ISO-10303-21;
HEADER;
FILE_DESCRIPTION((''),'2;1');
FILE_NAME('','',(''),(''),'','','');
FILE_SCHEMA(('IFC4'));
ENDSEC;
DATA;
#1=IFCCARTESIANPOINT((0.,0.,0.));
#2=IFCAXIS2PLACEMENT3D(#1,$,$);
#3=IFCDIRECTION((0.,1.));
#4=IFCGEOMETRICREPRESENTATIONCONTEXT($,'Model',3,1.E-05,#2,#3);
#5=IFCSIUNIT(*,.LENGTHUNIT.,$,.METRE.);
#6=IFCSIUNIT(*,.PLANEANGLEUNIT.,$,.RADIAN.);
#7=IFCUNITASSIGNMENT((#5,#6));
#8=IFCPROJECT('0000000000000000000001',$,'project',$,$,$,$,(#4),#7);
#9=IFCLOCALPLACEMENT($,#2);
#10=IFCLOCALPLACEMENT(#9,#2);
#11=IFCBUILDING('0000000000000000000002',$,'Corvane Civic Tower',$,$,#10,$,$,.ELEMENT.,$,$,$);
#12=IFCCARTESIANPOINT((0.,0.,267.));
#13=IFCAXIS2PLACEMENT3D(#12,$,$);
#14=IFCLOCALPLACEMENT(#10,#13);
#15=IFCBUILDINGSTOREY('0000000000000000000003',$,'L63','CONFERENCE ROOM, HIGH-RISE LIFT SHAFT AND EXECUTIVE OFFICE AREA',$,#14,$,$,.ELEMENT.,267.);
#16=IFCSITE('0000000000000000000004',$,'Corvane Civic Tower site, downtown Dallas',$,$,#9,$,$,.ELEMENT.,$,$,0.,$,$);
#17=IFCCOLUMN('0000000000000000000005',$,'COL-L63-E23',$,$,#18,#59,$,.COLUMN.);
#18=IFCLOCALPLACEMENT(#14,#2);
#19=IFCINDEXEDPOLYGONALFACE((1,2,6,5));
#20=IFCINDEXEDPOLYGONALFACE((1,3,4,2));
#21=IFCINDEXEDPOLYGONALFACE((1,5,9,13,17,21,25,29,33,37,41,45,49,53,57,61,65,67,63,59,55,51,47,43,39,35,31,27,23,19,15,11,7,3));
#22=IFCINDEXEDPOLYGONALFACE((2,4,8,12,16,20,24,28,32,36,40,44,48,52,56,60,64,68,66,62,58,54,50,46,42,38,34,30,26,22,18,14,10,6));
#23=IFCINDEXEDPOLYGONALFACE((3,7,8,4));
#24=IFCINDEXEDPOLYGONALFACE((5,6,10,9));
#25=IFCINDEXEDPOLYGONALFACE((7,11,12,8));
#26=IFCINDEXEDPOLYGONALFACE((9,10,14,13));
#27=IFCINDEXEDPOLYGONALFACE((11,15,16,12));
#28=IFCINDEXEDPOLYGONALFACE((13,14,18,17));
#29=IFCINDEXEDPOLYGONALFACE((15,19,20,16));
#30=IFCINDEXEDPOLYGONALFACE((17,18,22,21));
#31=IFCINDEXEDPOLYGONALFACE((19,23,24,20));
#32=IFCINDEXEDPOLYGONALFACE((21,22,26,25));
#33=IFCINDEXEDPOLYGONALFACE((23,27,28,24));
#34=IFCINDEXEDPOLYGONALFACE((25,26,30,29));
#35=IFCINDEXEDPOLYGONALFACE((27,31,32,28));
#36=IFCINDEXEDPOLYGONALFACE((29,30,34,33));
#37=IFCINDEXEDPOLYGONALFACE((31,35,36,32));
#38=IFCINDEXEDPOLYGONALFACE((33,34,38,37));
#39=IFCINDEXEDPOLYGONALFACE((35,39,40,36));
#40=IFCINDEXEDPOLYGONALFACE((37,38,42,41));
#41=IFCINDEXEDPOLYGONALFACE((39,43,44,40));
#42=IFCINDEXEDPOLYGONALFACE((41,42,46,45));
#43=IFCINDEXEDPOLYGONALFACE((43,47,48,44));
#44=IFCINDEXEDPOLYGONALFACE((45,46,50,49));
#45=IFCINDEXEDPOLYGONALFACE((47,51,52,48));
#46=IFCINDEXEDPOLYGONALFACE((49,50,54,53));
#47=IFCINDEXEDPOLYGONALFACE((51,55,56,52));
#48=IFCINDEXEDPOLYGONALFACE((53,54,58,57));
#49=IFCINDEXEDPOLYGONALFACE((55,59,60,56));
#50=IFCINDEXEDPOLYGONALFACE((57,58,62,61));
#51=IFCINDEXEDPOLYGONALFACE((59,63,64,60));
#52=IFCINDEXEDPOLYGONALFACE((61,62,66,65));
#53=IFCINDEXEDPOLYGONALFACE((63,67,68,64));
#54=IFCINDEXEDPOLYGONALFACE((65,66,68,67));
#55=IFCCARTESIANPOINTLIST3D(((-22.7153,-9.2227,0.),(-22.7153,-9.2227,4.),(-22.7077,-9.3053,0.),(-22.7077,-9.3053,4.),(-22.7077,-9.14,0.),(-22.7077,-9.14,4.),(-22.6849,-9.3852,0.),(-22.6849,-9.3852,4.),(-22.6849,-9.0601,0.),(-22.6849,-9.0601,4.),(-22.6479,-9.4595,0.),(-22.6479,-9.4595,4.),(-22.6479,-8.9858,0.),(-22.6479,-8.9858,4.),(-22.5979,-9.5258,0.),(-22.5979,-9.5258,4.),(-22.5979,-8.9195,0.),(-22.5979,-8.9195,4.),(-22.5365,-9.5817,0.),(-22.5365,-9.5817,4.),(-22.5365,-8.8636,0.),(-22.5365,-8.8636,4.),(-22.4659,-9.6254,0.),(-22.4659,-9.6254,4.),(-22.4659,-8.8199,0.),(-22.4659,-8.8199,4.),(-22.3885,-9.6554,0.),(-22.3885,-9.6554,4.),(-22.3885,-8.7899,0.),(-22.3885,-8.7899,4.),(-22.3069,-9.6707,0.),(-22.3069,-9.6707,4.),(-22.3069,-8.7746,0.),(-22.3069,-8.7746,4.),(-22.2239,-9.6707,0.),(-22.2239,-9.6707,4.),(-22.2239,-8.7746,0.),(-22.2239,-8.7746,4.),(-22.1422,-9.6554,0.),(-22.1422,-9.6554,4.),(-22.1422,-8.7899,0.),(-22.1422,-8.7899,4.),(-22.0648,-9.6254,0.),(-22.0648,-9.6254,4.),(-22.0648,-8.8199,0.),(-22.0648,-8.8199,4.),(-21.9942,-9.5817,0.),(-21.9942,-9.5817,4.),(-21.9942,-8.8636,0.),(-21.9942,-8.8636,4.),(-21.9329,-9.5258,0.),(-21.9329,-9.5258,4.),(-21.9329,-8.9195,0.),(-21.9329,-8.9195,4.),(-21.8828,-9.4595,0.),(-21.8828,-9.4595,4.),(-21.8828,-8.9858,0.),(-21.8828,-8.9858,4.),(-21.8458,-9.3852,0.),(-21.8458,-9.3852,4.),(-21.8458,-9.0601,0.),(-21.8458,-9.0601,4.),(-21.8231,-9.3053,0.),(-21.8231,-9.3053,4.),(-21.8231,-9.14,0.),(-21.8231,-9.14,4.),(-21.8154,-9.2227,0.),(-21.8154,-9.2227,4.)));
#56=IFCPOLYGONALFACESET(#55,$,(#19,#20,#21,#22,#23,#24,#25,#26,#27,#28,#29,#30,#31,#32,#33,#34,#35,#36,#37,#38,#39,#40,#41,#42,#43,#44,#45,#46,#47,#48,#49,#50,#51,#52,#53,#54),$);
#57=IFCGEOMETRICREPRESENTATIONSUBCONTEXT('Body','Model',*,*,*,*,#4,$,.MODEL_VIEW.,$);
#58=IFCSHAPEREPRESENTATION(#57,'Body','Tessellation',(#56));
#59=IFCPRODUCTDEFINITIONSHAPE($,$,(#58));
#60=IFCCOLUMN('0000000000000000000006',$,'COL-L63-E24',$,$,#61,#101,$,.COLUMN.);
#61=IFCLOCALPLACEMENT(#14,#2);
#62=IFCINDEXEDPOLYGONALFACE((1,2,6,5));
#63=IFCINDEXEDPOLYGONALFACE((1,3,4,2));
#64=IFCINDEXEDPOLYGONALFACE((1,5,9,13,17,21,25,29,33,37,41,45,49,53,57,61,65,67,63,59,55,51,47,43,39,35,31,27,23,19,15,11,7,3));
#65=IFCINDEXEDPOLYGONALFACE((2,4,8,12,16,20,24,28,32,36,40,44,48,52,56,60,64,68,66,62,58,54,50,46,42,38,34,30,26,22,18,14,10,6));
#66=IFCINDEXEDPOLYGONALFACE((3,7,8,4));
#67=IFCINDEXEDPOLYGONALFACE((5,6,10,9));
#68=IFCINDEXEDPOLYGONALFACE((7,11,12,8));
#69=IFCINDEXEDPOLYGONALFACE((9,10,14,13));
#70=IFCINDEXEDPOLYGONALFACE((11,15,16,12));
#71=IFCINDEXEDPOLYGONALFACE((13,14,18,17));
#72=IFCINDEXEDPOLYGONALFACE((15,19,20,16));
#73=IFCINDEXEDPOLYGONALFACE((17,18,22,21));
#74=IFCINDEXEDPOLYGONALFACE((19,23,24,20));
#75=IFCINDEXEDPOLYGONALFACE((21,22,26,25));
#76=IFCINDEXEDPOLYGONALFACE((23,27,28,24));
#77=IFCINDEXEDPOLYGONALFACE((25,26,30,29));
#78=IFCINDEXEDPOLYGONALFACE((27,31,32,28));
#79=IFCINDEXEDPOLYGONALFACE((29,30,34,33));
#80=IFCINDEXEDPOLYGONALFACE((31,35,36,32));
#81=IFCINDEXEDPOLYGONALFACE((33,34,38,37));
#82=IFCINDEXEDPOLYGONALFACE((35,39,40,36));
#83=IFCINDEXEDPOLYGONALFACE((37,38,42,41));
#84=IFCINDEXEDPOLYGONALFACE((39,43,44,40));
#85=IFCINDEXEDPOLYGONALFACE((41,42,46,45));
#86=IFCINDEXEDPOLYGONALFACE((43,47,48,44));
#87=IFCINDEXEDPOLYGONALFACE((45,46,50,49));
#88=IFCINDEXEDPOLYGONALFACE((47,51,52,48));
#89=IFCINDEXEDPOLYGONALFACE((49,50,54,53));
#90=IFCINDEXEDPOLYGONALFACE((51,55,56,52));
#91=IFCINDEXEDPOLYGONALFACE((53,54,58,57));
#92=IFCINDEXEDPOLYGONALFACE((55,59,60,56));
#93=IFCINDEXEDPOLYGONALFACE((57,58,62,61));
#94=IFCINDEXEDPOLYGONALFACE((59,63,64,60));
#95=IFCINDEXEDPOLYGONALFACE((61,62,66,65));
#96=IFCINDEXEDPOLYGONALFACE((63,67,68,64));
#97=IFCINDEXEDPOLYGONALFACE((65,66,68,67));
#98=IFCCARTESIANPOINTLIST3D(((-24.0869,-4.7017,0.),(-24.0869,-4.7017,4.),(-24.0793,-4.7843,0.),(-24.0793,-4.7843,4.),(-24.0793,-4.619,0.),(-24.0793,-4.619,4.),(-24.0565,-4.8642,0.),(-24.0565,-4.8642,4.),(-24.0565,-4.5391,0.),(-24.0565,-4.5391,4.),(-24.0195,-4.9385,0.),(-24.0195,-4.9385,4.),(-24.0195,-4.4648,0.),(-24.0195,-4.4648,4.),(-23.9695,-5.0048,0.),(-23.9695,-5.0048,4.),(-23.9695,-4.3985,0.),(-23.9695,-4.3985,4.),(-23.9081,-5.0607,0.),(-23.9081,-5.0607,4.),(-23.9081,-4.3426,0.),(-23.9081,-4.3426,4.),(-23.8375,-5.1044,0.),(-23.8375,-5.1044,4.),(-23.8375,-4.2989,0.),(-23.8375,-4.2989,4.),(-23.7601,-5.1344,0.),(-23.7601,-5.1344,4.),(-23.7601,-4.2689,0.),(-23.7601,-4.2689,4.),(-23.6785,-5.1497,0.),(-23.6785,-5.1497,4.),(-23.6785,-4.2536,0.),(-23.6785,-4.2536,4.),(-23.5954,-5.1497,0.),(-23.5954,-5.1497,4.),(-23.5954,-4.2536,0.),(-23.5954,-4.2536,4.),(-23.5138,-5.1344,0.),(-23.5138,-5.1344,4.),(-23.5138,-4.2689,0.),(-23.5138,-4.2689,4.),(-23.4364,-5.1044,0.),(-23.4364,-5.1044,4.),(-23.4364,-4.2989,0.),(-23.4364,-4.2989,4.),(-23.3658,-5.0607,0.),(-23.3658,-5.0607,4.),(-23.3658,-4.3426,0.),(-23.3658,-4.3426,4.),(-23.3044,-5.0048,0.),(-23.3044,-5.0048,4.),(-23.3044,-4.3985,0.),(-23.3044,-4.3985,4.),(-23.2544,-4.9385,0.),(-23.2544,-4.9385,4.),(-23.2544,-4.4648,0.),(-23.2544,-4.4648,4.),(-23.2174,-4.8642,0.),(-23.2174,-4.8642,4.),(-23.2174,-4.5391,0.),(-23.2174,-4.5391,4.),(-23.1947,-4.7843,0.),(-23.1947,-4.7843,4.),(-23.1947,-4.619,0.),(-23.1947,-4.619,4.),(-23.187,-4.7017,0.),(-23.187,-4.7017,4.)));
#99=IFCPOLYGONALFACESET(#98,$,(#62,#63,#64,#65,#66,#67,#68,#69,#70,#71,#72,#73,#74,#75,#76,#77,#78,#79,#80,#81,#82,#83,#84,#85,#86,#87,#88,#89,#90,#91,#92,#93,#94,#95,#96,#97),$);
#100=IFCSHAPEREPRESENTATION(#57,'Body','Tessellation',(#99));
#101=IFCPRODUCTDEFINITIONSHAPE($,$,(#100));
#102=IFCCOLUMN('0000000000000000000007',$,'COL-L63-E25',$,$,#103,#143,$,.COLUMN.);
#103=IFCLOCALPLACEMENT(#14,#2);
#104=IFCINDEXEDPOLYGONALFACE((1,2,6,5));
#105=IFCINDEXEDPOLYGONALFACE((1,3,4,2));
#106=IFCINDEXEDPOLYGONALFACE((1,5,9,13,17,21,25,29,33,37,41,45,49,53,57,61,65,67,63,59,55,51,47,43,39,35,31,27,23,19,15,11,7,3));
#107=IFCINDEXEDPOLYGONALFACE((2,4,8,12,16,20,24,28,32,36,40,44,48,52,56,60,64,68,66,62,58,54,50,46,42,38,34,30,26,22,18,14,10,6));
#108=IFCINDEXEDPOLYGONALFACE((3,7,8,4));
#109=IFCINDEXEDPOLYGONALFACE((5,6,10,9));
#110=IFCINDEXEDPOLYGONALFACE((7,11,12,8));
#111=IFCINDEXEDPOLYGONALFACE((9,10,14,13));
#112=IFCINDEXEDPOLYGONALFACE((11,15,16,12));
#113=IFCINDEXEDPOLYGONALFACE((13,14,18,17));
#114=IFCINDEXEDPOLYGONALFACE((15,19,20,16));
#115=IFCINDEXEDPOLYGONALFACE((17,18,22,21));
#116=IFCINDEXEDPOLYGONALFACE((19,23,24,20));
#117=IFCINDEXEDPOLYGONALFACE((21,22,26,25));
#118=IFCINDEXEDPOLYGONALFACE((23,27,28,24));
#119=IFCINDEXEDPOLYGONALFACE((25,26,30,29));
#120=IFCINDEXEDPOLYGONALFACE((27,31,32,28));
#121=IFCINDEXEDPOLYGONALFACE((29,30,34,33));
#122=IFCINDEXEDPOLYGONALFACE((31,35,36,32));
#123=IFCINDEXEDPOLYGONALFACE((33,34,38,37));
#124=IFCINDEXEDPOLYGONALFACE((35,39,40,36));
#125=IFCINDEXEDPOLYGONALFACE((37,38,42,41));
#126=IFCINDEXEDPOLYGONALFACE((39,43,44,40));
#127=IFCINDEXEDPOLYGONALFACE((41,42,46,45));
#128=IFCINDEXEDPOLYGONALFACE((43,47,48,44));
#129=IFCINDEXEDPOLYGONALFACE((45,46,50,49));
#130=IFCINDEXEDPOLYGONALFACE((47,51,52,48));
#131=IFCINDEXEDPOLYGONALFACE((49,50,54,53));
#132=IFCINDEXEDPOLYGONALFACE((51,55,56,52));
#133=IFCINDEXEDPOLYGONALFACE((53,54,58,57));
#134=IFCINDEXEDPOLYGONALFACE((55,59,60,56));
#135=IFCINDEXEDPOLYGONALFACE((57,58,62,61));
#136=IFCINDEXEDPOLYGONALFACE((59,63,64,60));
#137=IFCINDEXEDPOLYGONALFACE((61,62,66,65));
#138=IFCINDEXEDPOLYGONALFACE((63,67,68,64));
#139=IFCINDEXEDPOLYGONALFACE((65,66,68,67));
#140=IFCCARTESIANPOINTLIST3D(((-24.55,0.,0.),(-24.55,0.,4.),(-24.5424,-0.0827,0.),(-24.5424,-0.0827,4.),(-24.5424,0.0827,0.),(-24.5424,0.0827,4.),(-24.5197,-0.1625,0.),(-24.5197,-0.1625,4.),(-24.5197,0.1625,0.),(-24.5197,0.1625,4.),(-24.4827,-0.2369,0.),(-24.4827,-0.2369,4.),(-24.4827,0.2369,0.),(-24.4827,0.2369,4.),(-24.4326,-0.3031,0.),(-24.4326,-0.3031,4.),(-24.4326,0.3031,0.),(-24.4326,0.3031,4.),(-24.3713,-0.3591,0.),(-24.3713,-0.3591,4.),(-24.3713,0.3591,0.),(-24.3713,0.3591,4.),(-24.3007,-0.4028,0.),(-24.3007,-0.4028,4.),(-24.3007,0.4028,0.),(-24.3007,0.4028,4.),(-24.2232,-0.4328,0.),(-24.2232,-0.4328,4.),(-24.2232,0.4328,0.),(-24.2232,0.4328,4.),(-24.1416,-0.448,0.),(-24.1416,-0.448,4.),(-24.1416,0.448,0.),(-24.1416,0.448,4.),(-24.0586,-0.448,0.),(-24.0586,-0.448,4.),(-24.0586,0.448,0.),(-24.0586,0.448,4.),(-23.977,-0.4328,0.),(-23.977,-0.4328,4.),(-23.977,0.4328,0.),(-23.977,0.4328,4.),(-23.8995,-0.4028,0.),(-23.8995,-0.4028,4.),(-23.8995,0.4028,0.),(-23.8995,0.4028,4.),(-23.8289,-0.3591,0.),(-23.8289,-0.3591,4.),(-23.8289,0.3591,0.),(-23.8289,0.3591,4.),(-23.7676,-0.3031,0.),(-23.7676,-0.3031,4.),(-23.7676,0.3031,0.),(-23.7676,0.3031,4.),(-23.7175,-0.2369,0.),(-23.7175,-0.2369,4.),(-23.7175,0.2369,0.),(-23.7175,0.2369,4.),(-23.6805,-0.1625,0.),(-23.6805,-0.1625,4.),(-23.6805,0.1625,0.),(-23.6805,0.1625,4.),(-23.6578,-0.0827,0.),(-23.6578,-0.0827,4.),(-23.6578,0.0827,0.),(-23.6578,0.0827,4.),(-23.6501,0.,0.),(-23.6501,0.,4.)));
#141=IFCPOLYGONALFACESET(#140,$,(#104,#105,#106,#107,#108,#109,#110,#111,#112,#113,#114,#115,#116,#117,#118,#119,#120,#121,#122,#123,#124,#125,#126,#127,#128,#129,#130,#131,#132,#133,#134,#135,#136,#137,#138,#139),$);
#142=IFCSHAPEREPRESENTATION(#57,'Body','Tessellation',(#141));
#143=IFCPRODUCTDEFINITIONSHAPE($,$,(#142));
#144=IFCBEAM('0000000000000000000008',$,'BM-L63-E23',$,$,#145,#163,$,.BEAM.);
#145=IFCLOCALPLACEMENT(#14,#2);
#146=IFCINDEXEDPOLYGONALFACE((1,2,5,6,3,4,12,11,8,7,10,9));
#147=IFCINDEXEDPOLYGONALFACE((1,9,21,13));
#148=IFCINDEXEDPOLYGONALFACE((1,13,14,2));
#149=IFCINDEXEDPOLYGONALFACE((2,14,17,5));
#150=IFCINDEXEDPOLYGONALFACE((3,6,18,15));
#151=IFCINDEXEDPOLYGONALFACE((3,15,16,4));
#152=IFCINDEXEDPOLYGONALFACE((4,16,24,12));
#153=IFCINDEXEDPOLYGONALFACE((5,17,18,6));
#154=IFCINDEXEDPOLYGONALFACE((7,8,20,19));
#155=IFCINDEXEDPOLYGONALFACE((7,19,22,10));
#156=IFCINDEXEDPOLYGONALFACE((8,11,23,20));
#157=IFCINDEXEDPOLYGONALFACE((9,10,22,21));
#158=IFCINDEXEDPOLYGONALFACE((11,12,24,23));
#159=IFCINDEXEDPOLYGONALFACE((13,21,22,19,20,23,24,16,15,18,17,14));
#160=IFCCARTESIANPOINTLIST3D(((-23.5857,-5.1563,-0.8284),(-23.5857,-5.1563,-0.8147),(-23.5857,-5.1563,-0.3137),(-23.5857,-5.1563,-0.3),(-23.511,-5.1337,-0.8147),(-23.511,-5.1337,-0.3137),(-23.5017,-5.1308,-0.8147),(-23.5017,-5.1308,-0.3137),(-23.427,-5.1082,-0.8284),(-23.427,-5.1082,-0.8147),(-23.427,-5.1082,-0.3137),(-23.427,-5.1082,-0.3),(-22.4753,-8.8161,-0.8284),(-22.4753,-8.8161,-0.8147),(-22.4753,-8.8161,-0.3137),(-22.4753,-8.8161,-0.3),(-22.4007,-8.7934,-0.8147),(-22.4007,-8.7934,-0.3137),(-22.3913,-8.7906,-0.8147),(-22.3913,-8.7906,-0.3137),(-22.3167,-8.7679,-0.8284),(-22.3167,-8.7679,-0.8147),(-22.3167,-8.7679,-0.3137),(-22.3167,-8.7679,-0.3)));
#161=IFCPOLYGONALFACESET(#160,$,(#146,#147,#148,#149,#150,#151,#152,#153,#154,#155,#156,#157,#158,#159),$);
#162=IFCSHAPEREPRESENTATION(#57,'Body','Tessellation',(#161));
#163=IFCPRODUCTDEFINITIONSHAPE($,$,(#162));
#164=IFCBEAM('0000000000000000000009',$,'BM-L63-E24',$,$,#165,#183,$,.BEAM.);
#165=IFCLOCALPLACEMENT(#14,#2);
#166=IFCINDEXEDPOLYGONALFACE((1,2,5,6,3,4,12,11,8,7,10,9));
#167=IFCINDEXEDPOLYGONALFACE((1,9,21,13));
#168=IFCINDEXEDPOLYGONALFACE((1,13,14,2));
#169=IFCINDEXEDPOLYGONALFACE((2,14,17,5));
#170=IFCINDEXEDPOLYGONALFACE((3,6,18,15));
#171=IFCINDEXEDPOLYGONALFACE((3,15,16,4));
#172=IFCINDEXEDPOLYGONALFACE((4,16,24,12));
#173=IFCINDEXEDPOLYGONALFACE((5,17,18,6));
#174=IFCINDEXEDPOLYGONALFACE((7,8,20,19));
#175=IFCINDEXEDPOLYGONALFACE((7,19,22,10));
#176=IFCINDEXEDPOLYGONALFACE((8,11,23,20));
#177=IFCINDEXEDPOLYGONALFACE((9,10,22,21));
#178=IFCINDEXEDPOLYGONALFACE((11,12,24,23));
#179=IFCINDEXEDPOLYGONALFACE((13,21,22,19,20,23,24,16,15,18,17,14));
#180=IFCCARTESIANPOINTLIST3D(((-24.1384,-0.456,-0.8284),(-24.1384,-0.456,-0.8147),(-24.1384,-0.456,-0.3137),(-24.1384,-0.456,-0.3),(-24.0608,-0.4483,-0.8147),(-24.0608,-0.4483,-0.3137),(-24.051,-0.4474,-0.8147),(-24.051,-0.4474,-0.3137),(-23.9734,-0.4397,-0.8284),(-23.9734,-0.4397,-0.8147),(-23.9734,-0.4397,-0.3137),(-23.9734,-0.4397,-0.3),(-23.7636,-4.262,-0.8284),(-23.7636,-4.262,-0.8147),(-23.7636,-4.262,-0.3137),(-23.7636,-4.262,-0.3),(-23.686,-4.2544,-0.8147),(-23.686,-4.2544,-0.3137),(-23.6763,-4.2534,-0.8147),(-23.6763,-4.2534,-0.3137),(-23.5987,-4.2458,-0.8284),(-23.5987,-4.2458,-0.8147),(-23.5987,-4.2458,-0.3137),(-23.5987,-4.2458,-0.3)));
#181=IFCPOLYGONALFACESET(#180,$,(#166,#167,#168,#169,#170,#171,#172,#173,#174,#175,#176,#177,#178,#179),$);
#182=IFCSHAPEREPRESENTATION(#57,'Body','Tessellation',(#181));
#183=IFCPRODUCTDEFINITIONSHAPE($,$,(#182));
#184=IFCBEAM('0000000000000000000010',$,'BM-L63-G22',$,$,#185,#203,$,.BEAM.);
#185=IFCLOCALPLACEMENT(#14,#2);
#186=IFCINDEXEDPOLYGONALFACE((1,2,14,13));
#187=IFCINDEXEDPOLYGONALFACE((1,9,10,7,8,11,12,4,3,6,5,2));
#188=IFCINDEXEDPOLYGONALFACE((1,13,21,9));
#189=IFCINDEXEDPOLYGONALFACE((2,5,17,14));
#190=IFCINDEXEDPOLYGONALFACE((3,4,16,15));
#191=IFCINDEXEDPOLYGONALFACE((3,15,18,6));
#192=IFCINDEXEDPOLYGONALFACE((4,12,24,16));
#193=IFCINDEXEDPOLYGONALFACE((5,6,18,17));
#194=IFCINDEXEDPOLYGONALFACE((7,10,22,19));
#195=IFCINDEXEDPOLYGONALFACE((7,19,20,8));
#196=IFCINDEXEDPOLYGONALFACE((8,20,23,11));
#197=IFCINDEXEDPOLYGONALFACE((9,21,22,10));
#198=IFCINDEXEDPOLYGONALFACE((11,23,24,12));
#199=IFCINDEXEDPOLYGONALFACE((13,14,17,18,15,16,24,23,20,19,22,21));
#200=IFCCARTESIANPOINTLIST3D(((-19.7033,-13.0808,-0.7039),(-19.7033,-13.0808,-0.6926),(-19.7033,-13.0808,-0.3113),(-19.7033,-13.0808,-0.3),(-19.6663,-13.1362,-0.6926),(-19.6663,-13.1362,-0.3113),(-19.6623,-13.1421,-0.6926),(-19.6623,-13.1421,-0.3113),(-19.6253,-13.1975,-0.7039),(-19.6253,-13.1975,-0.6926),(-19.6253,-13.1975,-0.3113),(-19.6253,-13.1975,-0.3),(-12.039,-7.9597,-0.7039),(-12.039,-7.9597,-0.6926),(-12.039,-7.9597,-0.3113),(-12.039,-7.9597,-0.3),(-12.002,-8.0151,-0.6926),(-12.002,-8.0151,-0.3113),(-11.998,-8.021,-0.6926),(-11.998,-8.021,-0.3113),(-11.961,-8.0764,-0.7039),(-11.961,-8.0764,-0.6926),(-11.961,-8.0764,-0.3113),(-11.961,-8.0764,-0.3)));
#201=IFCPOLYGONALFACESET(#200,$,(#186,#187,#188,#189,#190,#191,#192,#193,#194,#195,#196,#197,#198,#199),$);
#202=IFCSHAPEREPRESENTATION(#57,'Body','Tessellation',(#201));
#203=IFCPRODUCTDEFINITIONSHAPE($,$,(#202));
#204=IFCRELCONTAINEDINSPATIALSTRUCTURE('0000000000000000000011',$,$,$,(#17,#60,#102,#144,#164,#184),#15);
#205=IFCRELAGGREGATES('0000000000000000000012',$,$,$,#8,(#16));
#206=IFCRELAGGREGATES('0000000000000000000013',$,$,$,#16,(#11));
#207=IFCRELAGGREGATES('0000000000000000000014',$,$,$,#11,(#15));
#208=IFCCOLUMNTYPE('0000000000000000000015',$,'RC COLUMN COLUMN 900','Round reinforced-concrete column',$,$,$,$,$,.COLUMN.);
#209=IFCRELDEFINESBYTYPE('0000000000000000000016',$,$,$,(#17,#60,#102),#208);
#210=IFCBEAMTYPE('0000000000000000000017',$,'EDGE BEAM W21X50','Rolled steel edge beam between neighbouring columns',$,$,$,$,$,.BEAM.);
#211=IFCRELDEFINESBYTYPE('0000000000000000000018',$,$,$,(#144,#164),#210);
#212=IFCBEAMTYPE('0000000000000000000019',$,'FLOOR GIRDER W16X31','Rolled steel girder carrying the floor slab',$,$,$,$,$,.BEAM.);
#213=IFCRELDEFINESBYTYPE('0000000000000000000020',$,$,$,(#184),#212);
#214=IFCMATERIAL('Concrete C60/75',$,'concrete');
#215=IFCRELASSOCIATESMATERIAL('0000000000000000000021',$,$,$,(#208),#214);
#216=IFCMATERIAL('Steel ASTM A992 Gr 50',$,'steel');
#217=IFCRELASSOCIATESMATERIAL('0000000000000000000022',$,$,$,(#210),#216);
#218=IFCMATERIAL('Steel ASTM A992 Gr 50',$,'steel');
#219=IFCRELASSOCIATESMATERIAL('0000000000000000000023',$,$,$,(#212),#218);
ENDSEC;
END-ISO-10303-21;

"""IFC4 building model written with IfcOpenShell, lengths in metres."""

from ifc_helpers import new_model, si_unit, direction, frame, origin, origin_2d, place, context, subcontext, project, spatial, circle, i_section, extrude, material, material_profile, profile_set, type_object, element, save


model = new_model("IFC4")

# Units and contexts
model_context = context("Model", 3, precision=1e-05, world=origin(), true_north=direction((0.0, 1.0)))
body_context = subcontext(model_context, "Body", "Model", "MODEL_VIEW")
ifc_project = project(units=[si_unit("LENGTHUNIT", "METRE"), si_unit("PLANEANGLEUNIT", "RADIAN")], contexts=[model_context])

# Site, building, storey
site_placement = place(None, origin())
site = spatial("IfcSite", under=ifc_project, at=site_placement, Name="Corvane Civic Tower site, downtown Dallas", CompositionType="ELEMENT", RefElevation=0.0)
building_placement = place(site_placement, origin())
building = spatial("IfcBuilding", under=site, at=building_placement, Name="Corvane Civic Tower", CompositionType="ELEMENT")
storey_placement = place(building_placement, frame((0.0, 0.0, 267.0)))
storey = spatial("IfcBuildingStorey", under=building, at=storey_placement, Name="L63", Description="CONFERENCE ROOM, HIGH-RISE LIFT SHAFT AND EXECUTIVE OFFICE AREA", CompositionType="ELEMENT", Elevation=267.0)

# Columns
ifc_material_1 = material(Name="Concrete C60/75", Category="concrete")
ifc_material_profile_1 = material_profile(ifc_material_1, circle(Radius=0.45, at=origin_2d()), Name="COLUMN 900")
ifc_profile_set_1 = profile_set([ifc_material_profile_1], Name="Concrete C60/75")
column_type = type_object("IfcColumnType", Name="RC COLUMN COLUMN 900", Description="Round reinforced-concrete column", PredefinedType="COLUMN", material=ifc_profile_set_1)
for number, where, z_axis, x_axis, name in (
    (1, (-22.2654, -9.2227, 0.0), (0.0, 0.0, 1.0), (1.0, 0.0, 0.0), "COL-L63-E23"),
    (2, (-23.637, -4.7017, 0.0), (0.0, 0.0, 1.0), (1.0, 0.0, 0.0), "COL-L63-E24"),
    (3, (-24.1001, 0.0, 0.0), (0.0, 0.0, 1.0), (1.0, 0.0, 0.0), "COL-L63-E25"),
):
    element("IfcColumn", number, at=place(storey_placement, frame(where, z_axis=z_axis, x_axis=x_axis)), inside=storey, type_object=column_type, Name=name, PredefinedType="COLUMN", context=body_context, shape_type="SweptSolid", body=[
        extrude(circle(Radius=0.45, at=origin_2d()), origin(), (0.0, 0.0, 1.0), 4.0),
    ])

# Beams
ifc_material_2 = material(Name="Steel ASTM A992 Gr 50", Category="steel")
ifc_material_profile_2 = material_profile(ifc_material_2, i_section(OverallWidth=0.1658, OverallDepth=0.5283, WebThickness=0.0098, FlangeThickness=0.0137, at=origin_2d()), Name="W21X50")
ifc_profile_set_2 = profile_set([ifc_material_profile_2], Name="Steel ASTM A992 Gr 50")
beam_type_1 = type_object("IfcBeamType", Name="EDGE BEAM W21X50", Description="Rolled steel edge beam between neighbouring columns", PredefinedType="BEAM", material=ifc_profile_set_2)
for number, where, z_axis, x_axis, name in (
    (4, (-22.396, -8.792, -0.5642), (-0.290333, 0.956926, 0.0), (-0.956926, -0.290333, 0.0), "BM-L63-E23"),
    (5, (-23.6812, -4.2539, -0.5642), (-0.097987, 0.995188, 0.0), (-0.995188, -0.097987, 0.0), "BM-L63-E24"),
):
    element("IfcBeam", number, at=place(storey_placement, frame(where, z_axis=z_axis, x_axis=x_axis)), inside=storey, type_object=beam_type_1, Name=name, PredefinedType="BEAM", context=body_context, shape_type="SweptSolid", body=[
        extrude(i_section(OverallWidth=0.1658, OverallDepth=0.5283, WebThickness=0.0098, FlangeThickness=0.0137, at=origin_2d()), origin(), (0.0, 0.0, 1.0), 3.8245),
    ])
ifc_material_3 = material(Name="Steel ASTM A992 Gr 50", Category="steel")
ifc_material_profile_3 = material_profile(ifc_material_3, i_section(OverallWidth=0.1404, OverallDepth=0.4038, WebThickness=0.0071, FlangeThickness=0.0112, at=origin_2d()), Name="W16X31")
ifc_profile_set_3 = profile_set([ifc_material_profile_3], Name="Steel ASTM A992 Gr 50")
beam_type_2 = type_object("IfcBeamType", Name="FLOOR GIRDER W16X31", Description="Rolled steel girder carrying the floor slab", PredefinedType="BEAM", material=ifc_profile_set_3)
beam_1_placement = place(storey_placement, frame((-12.0, -8.0181, -0.502), z_axis=(-0.831471, -0.555568, 0.0), x_axis=(0.555568, -0.831471, 0.0)))
element("IfcBeam", 6, at=beam_1_placement, inside=storey, type_object=beam_type_2, Name="BM-L63-G22", PredefinedType="BEAM", context=body_context, shape_type="SweptSolid", body=[
    extrude(i_section(OverallWidth=0.1404, OverallDepth=0.4038, WebThickness=0.0071, FlangeThickness=0.0112, at=origin_2d()), origin(), (0.0, 0.0, 1.0), 9.2178),
])

save(model, "model.ifc")
